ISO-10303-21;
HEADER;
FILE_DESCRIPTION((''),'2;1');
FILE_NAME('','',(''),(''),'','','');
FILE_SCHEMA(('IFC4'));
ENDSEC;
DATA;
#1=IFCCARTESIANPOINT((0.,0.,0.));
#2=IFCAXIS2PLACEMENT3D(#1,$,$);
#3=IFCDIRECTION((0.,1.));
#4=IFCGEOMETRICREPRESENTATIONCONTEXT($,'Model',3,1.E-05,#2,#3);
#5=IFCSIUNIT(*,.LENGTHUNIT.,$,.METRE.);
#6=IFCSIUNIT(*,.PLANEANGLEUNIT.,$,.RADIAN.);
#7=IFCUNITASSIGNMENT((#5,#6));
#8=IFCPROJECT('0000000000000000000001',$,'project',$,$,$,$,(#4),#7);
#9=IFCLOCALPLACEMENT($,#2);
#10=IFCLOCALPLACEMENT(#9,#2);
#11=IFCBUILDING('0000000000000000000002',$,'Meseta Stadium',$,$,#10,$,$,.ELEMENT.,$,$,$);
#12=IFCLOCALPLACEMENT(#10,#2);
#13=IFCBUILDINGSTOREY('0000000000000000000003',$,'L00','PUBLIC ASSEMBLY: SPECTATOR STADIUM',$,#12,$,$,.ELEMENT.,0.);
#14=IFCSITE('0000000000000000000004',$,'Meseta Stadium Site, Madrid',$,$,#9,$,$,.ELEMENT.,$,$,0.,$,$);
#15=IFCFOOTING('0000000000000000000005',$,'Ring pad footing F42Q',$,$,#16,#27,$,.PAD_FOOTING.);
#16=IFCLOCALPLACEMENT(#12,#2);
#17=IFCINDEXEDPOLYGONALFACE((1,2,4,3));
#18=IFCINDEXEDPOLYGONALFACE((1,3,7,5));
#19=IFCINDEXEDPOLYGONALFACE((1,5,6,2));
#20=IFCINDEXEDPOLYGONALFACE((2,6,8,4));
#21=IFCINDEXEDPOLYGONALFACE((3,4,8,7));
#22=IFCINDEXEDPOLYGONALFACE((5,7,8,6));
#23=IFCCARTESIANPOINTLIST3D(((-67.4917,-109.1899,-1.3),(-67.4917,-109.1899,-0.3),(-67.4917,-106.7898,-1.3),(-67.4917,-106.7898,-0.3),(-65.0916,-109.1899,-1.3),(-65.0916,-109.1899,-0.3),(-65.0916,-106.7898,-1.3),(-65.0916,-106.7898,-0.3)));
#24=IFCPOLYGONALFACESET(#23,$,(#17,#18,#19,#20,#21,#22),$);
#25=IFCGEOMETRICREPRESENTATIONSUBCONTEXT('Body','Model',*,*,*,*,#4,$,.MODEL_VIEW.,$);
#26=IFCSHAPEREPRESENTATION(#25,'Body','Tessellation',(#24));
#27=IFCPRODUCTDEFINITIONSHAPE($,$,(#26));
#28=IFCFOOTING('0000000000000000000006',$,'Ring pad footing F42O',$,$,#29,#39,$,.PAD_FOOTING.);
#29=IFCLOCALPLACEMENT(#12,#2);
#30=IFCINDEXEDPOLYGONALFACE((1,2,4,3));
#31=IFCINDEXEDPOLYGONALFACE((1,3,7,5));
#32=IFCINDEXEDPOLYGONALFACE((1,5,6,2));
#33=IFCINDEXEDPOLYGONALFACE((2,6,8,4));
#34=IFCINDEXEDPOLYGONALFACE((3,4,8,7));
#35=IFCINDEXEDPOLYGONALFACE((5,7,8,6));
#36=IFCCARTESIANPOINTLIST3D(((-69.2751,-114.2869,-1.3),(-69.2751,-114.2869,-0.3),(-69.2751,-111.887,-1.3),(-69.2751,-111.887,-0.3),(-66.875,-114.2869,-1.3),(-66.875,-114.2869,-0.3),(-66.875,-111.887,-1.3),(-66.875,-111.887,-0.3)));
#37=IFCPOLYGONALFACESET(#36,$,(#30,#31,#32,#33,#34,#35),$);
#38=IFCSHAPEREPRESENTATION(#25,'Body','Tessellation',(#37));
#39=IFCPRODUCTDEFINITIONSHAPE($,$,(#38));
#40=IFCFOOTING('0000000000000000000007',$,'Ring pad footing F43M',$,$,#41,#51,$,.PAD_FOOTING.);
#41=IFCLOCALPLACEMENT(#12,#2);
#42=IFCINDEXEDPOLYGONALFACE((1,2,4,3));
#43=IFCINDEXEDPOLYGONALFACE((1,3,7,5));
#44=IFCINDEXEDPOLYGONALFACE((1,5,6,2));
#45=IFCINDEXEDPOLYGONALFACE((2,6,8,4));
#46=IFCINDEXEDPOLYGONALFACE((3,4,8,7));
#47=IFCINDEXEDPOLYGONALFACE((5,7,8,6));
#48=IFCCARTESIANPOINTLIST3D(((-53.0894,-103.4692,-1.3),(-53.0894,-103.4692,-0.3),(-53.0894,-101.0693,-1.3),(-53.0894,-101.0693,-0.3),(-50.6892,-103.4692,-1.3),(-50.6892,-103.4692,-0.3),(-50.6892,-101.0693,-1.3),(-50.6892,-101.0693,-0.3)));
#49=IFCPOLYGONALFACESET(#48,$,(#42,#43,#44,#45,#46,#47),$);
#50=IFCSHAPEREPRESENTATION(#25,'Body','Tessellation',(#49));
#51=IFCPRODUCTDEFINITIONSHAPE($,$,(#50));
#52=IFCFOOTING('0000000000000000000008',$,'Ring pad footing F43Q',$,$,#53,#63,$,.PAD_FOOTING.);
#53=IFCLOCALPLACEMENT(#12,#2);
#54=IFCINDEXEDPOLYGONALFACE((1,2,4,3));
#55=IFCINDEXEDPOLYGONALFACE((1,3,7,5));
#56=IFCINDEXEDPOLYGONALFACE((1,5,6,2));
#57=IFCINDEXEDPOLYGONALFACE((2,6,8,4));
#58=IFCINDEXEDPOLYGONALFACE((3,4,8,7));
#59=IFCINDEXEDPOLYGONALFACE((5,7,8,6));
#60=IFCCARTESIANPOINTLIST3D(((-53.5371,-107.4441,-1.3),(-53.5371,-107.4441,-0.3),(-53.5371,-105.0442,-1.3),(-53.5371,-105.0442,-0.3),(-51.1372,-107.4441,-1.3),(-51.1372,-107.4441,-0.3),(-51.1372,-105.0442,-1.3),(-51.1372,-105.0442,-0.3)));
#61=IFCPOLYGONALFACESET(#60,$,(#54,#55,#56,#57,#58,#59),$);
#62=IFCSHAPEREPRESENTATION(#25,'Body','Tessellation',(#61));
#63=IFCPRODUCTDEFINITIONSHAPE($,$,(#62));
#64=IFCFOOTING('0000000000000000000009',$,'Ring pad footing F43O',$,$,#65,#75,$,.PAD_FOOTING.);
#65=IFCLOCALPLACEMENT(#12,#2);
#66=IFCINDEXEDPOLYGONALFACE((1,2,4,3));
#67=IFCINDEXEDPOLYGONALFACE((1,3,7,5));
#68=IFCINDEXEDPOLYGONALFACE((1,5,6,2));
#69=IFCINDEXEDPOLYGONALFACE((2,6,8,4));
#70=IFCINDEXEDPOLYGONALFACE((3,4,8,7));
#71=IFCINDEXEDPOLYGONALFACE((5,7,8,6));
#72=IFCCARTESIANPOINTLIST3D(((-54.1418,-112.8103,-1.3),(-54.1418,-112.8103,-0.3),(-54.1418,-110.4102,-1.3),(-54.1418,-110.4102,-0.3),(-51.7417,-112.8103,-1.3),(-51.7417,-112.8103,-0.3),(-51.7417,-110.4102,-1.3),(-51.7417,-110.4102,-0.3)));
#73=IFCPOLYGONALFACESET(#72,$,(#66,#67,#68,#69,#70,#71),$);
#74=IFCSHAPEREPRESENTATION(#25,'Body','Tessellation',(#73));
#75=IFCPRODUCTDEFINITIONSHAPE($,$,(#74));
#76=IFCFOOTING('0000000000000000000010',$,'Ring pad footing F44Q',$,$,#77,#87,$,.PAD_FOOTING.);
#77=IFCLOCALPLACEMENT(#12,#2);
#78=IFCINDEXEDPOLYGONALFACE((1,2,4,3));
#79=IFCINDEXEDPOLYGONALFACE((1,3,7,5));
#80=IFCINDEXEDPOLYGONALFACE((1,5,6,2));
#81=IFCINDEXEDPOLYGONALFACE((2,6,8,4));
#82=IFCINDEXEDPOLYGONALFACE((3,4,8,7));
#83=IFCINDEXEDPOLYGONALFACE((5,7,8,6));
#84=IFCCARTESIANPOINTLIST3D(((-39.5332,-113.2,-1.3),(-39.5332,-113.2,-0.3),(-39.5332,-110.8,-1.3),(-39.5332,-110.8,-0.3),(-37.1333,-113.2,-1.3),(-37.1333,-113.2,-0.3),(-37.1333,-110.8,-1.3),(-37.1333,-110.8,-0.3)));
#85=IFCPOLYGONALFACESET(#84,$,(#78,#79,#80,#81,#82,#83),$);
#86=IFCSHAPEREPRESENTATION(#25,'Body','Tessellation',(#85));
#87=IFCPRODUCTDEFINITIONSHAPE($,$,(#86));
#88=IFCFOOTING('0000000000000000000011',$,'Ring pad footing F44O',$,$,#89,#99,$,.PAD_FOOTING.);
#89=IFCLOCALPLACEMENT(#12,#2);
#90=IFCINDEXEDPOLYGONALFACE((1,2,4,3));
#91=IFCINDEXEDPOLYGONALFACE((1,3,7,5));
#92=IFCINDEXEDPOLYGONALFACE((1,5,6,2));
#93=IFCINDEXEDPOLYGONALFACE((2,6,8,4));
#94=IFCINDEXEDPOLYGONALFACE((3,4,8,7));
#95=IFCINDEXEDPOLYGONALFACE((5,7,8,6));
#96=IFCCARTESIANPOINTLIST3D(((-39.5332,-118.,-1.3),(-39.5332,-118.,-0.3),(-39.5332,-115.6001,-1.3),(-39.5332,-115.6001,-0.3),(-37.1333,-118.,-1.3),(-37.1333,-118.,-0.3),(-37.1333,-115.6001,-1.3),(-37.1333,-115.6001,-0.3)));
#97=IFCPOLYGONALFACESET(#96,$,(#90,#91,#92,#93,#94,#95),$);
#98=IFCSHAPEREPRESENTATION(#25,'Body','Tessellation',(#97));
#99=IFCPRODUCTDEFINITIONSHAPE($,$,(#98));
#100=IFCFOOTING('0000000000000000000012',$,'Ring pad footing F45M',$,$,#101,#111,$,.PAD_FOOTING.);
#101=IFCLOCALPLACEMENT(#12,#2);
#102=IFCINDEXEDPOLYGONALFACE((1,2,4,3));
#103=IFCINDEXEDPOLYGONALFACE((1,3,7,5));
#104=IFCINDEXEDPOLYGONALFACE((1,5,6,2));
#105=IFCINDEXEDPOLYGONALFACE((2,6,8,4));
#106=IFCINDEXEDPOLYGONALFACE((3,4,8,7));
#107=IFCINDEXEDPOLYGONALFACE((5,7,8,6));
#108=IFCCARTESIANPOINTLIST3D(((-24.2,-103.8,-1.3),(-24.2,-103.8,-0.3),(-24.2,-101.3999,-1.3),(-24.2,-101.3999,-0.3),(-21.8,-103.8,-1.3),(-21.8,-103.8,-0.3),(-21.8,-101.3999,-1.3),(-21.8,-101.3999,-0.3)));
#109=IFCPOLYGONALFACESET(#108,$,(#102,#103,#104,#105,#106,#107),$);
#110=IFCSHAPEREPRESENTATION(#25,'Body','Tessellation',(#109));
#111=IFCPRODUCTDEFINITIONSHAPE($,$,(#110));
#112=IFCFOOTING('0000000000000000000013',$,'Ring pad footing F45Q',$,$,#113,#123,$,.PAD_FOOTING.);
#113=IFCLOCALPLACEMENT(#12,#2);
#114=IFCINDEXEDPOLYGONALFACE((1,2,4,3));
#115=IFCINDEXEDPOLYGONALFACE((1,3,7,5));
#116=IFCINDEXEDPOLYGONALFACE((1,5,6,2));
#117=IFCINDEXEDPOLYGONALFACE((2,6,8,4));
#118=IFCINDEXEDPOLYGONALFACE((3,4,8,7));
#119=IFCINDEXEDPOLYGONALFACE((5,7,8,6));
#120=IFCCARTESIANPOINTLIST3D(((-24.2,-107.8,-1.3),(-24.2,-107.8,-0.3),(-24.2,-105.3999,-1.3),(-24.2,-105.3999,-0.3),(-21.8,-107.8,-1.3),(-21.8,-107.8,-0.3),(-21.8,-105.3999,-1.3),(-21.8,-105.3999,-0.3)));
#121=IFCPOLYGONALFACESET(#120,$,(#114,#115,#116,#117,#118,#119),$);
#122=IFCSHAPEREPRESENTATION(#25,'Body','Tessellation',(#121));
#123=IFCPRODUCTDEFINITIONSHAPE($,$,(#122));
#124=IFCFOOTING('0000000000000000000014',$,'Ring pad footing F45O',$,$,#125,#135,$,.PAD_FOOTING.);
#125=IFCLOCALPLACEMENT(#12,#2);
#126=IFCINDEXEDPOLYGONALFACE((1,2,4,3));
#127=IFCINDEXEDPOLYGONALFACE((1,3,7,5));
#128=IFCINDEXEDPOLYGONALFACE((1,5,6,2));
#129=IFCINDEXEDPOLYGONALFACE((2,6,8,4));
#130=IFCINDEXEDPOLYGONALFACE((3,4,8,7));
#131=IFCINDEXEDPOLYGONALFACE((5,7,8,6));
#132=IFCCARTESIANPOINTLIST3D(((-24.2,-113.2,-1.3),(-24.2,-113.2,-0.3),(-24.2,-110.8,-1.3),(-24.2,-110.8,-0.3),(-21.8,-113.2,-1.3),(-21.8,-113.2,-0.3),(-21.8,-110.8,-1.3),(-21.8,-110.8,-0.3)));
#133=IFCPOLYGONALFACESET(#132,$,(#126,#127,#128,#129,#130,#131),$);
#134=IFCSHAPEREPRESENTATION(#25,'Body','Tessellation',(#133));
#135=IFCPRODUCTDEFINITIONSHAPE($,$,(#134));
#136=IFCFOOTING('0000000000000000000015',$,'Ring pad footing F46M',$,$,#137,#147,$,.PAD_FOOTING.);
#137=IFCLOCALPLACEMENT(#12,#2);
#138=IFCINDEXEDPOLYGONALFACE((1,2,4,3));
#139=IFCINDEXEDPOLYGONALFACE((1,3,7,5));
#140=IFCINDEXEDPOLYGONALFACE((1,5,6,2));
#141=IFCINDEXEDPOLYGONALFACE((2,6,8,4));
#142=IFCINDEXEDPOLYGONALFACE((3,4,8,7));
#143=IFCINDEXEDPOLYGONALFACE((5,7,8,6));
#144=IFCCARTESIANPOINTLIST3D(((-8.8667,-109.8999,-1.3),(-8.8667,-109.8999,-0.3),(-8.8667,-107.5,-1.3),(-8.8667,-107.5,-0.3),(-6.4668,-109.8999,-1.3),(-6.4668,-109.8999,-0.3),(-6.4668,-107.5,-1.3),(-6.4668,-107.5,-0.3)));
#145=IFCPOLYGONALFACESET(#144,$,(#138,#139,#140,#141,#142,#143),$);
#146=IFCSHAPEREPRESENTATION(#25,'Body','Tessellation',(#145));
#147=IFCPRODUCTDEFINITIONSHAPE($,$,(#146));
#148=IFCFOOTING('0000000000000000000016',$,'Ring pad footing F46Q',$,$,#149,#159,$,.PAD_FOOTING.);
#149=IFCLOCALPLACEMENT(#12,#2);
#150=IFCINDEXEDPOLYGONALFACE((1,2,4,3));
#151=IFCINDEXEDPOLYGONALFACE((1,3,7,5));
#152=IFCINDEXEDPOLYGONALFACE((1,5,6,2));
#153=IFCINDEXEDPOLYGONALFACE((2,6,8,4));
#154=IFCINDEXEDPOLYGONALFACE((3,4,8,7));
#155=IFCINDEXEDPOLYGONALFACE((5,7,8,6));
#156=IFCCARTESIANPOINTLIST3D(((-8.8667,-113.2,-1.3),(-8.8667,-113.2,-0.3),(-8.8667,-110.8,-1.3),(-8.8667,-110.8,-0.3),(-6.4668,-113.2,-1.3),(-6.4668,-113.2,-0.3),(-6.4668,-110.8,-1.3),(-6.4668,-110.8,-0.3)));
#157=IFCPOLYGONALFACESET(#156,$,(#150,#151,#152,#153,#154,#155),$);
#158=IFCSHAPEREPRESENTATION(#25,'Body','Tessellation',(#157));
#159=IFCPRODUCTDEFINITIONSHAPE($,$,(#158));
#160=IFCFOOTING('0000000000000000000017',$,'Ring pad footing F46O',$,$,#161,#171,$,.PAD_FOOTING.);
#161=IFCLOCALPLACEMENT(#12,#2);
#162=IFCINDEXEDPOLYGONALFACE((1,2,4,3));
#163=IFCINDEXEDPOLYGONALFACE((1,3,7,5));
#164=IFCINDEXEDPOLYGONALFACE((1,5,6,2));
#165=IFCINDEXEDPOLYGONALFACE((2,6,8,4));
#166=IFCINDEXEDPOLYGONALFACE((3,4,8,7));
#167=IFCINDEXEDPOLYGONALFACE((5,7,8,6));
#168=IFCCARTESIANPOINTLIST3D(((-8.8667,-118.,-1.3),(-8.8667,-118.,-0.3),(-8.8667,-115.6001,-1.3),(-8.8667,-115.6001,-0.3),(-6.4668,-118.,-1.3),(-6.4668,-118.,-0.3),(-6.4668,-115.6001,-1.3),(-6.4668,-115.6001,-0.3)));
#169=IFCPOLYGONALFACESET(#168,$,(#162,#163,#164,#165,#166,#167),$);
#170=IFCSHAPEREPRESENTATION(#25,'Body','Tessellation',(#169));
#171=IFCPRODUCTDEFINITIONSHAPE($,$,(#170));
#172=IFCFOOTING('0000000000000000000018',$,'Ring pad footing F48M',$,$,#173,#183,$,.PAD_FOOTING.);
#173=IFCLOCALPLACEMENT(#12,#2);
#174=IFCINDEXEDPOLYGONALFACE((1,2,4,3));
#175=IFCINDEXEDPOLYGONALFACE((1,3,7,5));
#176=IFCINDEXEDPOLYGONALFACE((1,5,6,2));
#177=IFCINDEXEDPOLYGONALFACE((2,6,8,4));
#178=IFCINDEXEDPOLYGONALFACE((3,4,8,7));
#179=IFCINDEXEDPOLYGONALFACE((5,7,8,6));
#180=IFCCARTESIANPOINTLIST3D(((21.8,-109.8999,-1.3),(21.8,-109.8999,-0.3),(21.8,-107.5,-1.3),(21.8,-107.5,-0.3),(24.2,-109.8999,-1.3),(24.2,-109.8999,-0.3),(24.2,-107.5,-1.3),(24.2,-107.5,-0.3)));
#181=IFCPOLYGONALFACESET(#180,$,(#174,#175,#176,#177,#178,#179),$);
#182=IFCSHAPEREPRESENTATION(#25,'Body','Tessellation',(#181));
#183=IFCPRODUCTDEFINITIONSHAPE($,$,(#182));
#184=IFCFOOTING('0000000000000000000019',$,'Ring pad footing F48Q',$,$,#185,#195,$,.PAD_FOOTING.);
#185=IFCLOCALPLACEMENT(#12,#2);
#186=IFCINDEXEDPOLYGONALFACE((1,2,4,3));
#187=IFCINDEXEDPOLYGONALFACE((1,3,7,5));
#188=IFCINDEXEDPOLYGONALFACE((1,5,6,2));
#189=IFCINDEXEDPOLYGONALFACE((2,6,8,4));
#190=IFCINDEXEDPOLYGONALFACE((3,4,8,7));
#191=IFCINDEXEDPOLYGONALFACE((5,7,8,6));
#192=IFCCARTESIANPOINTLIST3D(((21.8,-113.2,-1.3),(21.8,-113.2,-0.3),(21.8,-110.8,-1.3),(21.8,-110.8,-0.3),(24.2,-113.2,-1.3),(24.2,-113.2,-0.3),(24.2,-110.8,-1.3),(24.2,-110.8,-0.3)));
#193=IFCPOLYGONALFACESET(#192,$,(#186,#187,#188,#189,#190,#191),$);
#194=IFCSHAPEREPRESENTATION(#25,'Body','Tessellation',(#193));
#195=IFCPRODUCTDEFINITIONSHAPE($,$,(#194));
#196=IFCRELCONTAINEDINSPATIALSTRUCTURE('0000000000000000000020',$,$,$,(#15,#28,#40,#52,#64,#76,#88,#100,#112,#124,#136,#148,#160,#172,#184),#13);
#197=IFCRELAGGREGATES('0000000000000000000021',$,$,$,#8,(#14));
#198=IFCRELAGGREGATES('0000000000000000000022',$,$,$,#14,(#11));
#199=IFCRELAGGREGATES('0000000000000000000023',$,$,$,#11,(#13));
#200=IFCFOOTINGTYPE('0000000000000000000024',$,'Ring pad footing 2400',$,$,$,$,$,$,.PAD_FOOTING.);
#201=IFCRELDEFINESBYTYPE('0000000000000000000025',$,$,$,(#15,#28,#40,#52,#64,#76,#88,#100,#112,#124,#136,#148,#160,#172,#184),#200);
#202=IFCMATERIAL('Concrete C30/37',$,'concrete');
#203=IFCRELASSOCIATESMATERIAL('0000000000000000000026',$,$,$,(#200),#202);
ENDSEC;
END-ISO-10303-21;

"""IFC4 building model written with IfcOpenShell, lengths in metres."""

from ifc_helpers import new_model, si_unit, direction, frame, origin, place, context, subcontext, project, spatial, polyline, outline, extrude, material, type_object, element, save


model = new_model("IFC4")

# Units and contexts
model_context = context("Model", 3, precision=1e-05, world=origin(), true_north=direction((0.0, 1.0)))
body_context = subcontext(model_context, "Body", "Model", "MODEL_VIEW")
ifc_project = project(units=[si_unit("LENGTHUNIT", "METRE"), si_unit("PLANEANGLEUNIT", "RADIAN")], contexts=[model_context])

# Site, building, storey
site_placement = place(None, origin())
site = spatial("IfcSite", under=ifc_project, at=site_placement, Name="Meseta Stadium Site, Madrid", CompositionType="ELEMENT", RefElevation=0.0)
building_placement = place(site_placement, origin())
building = spatial("IfcBuilding", under=site, at=building_placement, Name="Meseta Stadium", CompositionType="ELEMENT")
storey_placement = place(building_placement, origin())
storey = spatial("IfcBuildingStorey", under=building, at=storey_placement, Name="L00", Description="PUBLIC ASSEMBLY: SPECTATOR STADIUM", CompositionType="ELEMENT", Elevation=0.0)

# Footings
ifc_material_1 = material(Name="Concrete C30/37", Category="concrete")
footing_type_1 = type_object("IfcFootingType", Name="Ring pad footing 2400", PredefinedType="PAD_FOOTING", material=ifc_material_1)
footing_1_placement = place(storey_placement, frame((0.0, 0.0, -1.3)))
element("IfcFooting", 1, at=footing_1_placement, inside=storey, type_object=footing_type_1, Name="Ring pad footing F42Q", PredefinedType="PAD_FOOTING", context=body_context, shape_type="SweptSolid", body=[
    extrude(outline(polyline([(-65.0916, -109.1899), (-65.0916, -106.7898), (-67.4917, -106.7898), (-67.4917, -109.1899), (-65.0916, -109.1899)])), origin(), (0.0, 0.0, 1.0), 1.0),
])
footing_2_placement = place(storey_placement, frame((0.0, 0.0, -1.3)))
element("IfcFooting", 2, at=footing_2_placement, inside=storey, type_object=footing_type_1, Name="Ring pad footing F42O", PredefinedType="PAD_FOOTING", context=body_context, shape_type="SweptSolid", body=[
    extrude(outline(polyline([(-66.875, -114.2869), (-66.875, -111.887), (-69.2751, -111.887), (-69.2751, -114.2869), (-66.875, -114.2869)])), origin(), (0.0, 0.0, 1.0), 1.0),
])
footing_3_placement = place(storey_placement, frame((0.0, 0.0, -1.3)))
element("IfcFooting", 3, at=footing_3_placement, inside=storey, type_object=footing_type_1, Name="Ring pad footing F43M", PredefinedType="PAD_FOOTING", context=body_context, shape_type="SweptSolid", body=[
    extrude(outline(polyline([(-50.6892, -103.4692), (-50.6892, -101.0693), (-53.0894, -101.0693), (-53.0894, -103.4692), (-50.6892, -103.4692)])), origin(), (0.0, 0.0, 1.0), 1.0),
])
footing_4_placement = place(storey_placement, frame((0.0, 0.0, -1.3)))
element("IfcFooting", 4, at=footing_4_placement, inside=storey, type_object=footing_type_1, Name="Ring pad footing F43Q", PredefinedType="PAD_FOOTING", context=body_context, shape_type="SweptSolid", body=[
    extrude(outline(polyline([(-51.1372, -107.4441), (-51.1372, -105.0442), (-53.5371, -105.0442), (-53.5371, -107.4441), (-51.1372, -107.4441)])), origin(), (0.0, 0.0, 1.0), 1.0),
])
footing_5_placement = place(storey_placement, frame((0.0, 0.0, -1.3)))
element("IfcFooting", 5, at=footing_5_placement, inside=storey, type_object=footing_type_1, Name="Ring pad footing F43O", PredefinedType="PAD_FOOTING", context=body_context, shape_type="SweptSolid", body=[
    extrude(outline(polyline([(-51.7417, -112.8103), (-51.7417, -110.4102), (-54.1418, -110.4102), (-54.1418, -112.8103), (-51.7417, -112.8103)])), origin(), (0.0, 0.0, 1.0), 1.0),
])
footing_6_placement = place(storey_placement, frame((0.0, 0.0, -1.3)))
element("IfcFooting", 6, at=footing_6_placement, inside=storey, type_object=footing_type_1, Name="Ring pad footing F44Q", PredefinedType="PAD_FOOTING", context=body_context, shape_type="SweptSolid", body=[
    extrude(outline(polyline([(-37.1333, -113.2), (-37.1333, -110.8), (-39.5332, -110.8), (-39.5332, -113.2), (-37.1333, -113.2)])), origin(), (0.0, 0.0, 1.0), 1.0),
])
footing_7_placement = place(storey_placement, frame((0.0, 0.0, -1.3)))
element("IfcFooting", 7, at=footing_7_placement, inside=storey, type_object=footing_type_1, Name="Ring pad footing F44O", PredefinedType="PAD_FOOTING", context=body_context, shape_type="SweptSolid", body=[
    extrude(outline(polyline([(-37.1333, -118.0), (-37.1333, -115.6001), (-39.5332, -115.6001), (-39.5332, -118.0), (-37.1333, -118.0)])), origin(), (0.0, 0.0, 1.0), 1.0),
])
footing_8_placement = place(storey_placement, frame((0.0, 0.0, -1.3)))
element("IfcFooting", 8, at=footing_8_placement, inside=storey, type_object=footing_type_1, Name="Ring pad footing F45M", PredefinedType="PAD_FOOTING", context=body_context, shape_type="SweptSolid", body=[
    extrude(outline(polyline([(-21.8, -103.8), (-21.8, -101.3999), (-24.2, -101.3999), (-24.2, -103.8), (-21.8, -103.8)])), origin(), (0.0, 0.0, 1.0), 1.0),
])
footing_9_placement = place(storey_placement, frame((0.0, 0.0, -1.3)))
element("IfcFooting", 9, at=footing_9_placement, inside=storey, type_object=footing_type_1, Name="Ring pad footing F45Q", PredefinedType="PAD_FOOTING", context=body_context, shape_type="SweptSolid", body=[
    extrude(outline(polyline([(-21.8, -107.8), (-21.8, -105.3999), (-24.2, -105.3999), (-24.2, -107.8), (-21.8, -107.8)])), origin(), (0.0, 0.0, 1.0), 1.0),
])
footing_10_placement = place(storey_placement, frame((0.0, 0.0, -1.3)))
element("IfcFooting", 10, at=footing_10_placement, inside=storey, type_object=footing_type_1, Name="Ring pad footing F45O", PredefinedType="PAD_FOOTING", context=body_context, shape_type="SweptSolid", body=[
    extrude(outline(polyline([(-21.8, -113.2), (-21.8, -110.8), (-24.2, -110.8), (-24.2, -113.2), (-21.8, -113.2)])), origin(), (0.0, 0.0, 1.0), 1.0),
])
footing_11_placement = place(storey_placement, frame((0.0, 0.0, -1.3)))
element("IfcFooting", 11, at=footing_11_placement, inside=storey, type_object=footing_type_1, Name="Ring pad footing F46M", PredefinedType="PAD_FOOTING", context=body_context, shape_type="SweptSolid", body=[
    extrude(outline(polyline([(-6.4668, -109.8999), (-6.4668, -107.5), (-8.8667, -107.5), (-8.8667, -109.8999), (-6.4668, -109.8999)])), origin(), (0.0, 0.0, 1.0), 1.0),
])
footing_12_placement = place(storey_placement, frame((0.0, 0.0, -1.3)))
element("IfcFooting", 12, at=footing_12_placement, inside=storey, type_object=footing_type_1, Name="Ring pad footing F46Q", PredefinedType="PAD_FOOTING", context=body_context, shape_type="SweptSolid", body=[
    extrude(outline(polyline([(-6.4668, -113.2), (-6.4668, -110.8), (-8.8667, -110.8), (-8.8667, -113.2), (-6.4668, -113.2)])), origin(), (0.0, 0.0, 1.0), 1.0),
])
footing_13_placement = place(storey_placement, frame((0.0, 0.0, -1.3)))
element("IfcFooting", 13, at=footing_13_placement, inside=storey, type_object=footing_type_1, Name="Ring pad footing F46O", PredefinedType="PAD_FOOTING", context=body_context, shape_type="SweptSolid", body=[
    extrude(outline(polyline([(-6.4668, -118.0), (-6.4668, -115.6001), (-8.8667, -115.6001), (-8.8667, -118.0), (-6.4668, -118.0)])), origin(), (0.0, 0.0, 1.0), 1.0),
])
footing_14_placement = place(storey_placement, frame((0.0, 0.0, -1.3)))
element("IfcFooting", 14, at=footing_14_placement, inside=storey, type_object=footing_type_1, Name="Ring pad footing F48M", PredefinedType="PAD_FOOTING", context=body_context, shape_type="SweptSolid", body=[
    extrude(outline(polyline([(24.2, -109.8999), (24.2, -107.5), (21.8, -107.5), (21.8, -109.8999), (24.2, -109.8999)])), origin(), (0.0, 0.0, 1.0), 1.0),
])
footing_15_placement = place(storey_placement, frame((0.0, 0.0, -1.3)))
element("IfcFooting", 15, at=footing_15_placement, inside=storey, type_object=footing_type_1, Name="Ring pad footing F48Q", PredefinedType="PAD_FOOTING", context=body_context, shape_type="SweptSolid", body=[
    extrude(outline(polyline([(24.2, -113.2), (24.2, -110.8), (21.8, -110.8), (21.8, -113.2), (24.2, -113.2)])), origin(), (0.0, 0.0, 1.0), 1.0),
])

save(model, "model.ifc")
